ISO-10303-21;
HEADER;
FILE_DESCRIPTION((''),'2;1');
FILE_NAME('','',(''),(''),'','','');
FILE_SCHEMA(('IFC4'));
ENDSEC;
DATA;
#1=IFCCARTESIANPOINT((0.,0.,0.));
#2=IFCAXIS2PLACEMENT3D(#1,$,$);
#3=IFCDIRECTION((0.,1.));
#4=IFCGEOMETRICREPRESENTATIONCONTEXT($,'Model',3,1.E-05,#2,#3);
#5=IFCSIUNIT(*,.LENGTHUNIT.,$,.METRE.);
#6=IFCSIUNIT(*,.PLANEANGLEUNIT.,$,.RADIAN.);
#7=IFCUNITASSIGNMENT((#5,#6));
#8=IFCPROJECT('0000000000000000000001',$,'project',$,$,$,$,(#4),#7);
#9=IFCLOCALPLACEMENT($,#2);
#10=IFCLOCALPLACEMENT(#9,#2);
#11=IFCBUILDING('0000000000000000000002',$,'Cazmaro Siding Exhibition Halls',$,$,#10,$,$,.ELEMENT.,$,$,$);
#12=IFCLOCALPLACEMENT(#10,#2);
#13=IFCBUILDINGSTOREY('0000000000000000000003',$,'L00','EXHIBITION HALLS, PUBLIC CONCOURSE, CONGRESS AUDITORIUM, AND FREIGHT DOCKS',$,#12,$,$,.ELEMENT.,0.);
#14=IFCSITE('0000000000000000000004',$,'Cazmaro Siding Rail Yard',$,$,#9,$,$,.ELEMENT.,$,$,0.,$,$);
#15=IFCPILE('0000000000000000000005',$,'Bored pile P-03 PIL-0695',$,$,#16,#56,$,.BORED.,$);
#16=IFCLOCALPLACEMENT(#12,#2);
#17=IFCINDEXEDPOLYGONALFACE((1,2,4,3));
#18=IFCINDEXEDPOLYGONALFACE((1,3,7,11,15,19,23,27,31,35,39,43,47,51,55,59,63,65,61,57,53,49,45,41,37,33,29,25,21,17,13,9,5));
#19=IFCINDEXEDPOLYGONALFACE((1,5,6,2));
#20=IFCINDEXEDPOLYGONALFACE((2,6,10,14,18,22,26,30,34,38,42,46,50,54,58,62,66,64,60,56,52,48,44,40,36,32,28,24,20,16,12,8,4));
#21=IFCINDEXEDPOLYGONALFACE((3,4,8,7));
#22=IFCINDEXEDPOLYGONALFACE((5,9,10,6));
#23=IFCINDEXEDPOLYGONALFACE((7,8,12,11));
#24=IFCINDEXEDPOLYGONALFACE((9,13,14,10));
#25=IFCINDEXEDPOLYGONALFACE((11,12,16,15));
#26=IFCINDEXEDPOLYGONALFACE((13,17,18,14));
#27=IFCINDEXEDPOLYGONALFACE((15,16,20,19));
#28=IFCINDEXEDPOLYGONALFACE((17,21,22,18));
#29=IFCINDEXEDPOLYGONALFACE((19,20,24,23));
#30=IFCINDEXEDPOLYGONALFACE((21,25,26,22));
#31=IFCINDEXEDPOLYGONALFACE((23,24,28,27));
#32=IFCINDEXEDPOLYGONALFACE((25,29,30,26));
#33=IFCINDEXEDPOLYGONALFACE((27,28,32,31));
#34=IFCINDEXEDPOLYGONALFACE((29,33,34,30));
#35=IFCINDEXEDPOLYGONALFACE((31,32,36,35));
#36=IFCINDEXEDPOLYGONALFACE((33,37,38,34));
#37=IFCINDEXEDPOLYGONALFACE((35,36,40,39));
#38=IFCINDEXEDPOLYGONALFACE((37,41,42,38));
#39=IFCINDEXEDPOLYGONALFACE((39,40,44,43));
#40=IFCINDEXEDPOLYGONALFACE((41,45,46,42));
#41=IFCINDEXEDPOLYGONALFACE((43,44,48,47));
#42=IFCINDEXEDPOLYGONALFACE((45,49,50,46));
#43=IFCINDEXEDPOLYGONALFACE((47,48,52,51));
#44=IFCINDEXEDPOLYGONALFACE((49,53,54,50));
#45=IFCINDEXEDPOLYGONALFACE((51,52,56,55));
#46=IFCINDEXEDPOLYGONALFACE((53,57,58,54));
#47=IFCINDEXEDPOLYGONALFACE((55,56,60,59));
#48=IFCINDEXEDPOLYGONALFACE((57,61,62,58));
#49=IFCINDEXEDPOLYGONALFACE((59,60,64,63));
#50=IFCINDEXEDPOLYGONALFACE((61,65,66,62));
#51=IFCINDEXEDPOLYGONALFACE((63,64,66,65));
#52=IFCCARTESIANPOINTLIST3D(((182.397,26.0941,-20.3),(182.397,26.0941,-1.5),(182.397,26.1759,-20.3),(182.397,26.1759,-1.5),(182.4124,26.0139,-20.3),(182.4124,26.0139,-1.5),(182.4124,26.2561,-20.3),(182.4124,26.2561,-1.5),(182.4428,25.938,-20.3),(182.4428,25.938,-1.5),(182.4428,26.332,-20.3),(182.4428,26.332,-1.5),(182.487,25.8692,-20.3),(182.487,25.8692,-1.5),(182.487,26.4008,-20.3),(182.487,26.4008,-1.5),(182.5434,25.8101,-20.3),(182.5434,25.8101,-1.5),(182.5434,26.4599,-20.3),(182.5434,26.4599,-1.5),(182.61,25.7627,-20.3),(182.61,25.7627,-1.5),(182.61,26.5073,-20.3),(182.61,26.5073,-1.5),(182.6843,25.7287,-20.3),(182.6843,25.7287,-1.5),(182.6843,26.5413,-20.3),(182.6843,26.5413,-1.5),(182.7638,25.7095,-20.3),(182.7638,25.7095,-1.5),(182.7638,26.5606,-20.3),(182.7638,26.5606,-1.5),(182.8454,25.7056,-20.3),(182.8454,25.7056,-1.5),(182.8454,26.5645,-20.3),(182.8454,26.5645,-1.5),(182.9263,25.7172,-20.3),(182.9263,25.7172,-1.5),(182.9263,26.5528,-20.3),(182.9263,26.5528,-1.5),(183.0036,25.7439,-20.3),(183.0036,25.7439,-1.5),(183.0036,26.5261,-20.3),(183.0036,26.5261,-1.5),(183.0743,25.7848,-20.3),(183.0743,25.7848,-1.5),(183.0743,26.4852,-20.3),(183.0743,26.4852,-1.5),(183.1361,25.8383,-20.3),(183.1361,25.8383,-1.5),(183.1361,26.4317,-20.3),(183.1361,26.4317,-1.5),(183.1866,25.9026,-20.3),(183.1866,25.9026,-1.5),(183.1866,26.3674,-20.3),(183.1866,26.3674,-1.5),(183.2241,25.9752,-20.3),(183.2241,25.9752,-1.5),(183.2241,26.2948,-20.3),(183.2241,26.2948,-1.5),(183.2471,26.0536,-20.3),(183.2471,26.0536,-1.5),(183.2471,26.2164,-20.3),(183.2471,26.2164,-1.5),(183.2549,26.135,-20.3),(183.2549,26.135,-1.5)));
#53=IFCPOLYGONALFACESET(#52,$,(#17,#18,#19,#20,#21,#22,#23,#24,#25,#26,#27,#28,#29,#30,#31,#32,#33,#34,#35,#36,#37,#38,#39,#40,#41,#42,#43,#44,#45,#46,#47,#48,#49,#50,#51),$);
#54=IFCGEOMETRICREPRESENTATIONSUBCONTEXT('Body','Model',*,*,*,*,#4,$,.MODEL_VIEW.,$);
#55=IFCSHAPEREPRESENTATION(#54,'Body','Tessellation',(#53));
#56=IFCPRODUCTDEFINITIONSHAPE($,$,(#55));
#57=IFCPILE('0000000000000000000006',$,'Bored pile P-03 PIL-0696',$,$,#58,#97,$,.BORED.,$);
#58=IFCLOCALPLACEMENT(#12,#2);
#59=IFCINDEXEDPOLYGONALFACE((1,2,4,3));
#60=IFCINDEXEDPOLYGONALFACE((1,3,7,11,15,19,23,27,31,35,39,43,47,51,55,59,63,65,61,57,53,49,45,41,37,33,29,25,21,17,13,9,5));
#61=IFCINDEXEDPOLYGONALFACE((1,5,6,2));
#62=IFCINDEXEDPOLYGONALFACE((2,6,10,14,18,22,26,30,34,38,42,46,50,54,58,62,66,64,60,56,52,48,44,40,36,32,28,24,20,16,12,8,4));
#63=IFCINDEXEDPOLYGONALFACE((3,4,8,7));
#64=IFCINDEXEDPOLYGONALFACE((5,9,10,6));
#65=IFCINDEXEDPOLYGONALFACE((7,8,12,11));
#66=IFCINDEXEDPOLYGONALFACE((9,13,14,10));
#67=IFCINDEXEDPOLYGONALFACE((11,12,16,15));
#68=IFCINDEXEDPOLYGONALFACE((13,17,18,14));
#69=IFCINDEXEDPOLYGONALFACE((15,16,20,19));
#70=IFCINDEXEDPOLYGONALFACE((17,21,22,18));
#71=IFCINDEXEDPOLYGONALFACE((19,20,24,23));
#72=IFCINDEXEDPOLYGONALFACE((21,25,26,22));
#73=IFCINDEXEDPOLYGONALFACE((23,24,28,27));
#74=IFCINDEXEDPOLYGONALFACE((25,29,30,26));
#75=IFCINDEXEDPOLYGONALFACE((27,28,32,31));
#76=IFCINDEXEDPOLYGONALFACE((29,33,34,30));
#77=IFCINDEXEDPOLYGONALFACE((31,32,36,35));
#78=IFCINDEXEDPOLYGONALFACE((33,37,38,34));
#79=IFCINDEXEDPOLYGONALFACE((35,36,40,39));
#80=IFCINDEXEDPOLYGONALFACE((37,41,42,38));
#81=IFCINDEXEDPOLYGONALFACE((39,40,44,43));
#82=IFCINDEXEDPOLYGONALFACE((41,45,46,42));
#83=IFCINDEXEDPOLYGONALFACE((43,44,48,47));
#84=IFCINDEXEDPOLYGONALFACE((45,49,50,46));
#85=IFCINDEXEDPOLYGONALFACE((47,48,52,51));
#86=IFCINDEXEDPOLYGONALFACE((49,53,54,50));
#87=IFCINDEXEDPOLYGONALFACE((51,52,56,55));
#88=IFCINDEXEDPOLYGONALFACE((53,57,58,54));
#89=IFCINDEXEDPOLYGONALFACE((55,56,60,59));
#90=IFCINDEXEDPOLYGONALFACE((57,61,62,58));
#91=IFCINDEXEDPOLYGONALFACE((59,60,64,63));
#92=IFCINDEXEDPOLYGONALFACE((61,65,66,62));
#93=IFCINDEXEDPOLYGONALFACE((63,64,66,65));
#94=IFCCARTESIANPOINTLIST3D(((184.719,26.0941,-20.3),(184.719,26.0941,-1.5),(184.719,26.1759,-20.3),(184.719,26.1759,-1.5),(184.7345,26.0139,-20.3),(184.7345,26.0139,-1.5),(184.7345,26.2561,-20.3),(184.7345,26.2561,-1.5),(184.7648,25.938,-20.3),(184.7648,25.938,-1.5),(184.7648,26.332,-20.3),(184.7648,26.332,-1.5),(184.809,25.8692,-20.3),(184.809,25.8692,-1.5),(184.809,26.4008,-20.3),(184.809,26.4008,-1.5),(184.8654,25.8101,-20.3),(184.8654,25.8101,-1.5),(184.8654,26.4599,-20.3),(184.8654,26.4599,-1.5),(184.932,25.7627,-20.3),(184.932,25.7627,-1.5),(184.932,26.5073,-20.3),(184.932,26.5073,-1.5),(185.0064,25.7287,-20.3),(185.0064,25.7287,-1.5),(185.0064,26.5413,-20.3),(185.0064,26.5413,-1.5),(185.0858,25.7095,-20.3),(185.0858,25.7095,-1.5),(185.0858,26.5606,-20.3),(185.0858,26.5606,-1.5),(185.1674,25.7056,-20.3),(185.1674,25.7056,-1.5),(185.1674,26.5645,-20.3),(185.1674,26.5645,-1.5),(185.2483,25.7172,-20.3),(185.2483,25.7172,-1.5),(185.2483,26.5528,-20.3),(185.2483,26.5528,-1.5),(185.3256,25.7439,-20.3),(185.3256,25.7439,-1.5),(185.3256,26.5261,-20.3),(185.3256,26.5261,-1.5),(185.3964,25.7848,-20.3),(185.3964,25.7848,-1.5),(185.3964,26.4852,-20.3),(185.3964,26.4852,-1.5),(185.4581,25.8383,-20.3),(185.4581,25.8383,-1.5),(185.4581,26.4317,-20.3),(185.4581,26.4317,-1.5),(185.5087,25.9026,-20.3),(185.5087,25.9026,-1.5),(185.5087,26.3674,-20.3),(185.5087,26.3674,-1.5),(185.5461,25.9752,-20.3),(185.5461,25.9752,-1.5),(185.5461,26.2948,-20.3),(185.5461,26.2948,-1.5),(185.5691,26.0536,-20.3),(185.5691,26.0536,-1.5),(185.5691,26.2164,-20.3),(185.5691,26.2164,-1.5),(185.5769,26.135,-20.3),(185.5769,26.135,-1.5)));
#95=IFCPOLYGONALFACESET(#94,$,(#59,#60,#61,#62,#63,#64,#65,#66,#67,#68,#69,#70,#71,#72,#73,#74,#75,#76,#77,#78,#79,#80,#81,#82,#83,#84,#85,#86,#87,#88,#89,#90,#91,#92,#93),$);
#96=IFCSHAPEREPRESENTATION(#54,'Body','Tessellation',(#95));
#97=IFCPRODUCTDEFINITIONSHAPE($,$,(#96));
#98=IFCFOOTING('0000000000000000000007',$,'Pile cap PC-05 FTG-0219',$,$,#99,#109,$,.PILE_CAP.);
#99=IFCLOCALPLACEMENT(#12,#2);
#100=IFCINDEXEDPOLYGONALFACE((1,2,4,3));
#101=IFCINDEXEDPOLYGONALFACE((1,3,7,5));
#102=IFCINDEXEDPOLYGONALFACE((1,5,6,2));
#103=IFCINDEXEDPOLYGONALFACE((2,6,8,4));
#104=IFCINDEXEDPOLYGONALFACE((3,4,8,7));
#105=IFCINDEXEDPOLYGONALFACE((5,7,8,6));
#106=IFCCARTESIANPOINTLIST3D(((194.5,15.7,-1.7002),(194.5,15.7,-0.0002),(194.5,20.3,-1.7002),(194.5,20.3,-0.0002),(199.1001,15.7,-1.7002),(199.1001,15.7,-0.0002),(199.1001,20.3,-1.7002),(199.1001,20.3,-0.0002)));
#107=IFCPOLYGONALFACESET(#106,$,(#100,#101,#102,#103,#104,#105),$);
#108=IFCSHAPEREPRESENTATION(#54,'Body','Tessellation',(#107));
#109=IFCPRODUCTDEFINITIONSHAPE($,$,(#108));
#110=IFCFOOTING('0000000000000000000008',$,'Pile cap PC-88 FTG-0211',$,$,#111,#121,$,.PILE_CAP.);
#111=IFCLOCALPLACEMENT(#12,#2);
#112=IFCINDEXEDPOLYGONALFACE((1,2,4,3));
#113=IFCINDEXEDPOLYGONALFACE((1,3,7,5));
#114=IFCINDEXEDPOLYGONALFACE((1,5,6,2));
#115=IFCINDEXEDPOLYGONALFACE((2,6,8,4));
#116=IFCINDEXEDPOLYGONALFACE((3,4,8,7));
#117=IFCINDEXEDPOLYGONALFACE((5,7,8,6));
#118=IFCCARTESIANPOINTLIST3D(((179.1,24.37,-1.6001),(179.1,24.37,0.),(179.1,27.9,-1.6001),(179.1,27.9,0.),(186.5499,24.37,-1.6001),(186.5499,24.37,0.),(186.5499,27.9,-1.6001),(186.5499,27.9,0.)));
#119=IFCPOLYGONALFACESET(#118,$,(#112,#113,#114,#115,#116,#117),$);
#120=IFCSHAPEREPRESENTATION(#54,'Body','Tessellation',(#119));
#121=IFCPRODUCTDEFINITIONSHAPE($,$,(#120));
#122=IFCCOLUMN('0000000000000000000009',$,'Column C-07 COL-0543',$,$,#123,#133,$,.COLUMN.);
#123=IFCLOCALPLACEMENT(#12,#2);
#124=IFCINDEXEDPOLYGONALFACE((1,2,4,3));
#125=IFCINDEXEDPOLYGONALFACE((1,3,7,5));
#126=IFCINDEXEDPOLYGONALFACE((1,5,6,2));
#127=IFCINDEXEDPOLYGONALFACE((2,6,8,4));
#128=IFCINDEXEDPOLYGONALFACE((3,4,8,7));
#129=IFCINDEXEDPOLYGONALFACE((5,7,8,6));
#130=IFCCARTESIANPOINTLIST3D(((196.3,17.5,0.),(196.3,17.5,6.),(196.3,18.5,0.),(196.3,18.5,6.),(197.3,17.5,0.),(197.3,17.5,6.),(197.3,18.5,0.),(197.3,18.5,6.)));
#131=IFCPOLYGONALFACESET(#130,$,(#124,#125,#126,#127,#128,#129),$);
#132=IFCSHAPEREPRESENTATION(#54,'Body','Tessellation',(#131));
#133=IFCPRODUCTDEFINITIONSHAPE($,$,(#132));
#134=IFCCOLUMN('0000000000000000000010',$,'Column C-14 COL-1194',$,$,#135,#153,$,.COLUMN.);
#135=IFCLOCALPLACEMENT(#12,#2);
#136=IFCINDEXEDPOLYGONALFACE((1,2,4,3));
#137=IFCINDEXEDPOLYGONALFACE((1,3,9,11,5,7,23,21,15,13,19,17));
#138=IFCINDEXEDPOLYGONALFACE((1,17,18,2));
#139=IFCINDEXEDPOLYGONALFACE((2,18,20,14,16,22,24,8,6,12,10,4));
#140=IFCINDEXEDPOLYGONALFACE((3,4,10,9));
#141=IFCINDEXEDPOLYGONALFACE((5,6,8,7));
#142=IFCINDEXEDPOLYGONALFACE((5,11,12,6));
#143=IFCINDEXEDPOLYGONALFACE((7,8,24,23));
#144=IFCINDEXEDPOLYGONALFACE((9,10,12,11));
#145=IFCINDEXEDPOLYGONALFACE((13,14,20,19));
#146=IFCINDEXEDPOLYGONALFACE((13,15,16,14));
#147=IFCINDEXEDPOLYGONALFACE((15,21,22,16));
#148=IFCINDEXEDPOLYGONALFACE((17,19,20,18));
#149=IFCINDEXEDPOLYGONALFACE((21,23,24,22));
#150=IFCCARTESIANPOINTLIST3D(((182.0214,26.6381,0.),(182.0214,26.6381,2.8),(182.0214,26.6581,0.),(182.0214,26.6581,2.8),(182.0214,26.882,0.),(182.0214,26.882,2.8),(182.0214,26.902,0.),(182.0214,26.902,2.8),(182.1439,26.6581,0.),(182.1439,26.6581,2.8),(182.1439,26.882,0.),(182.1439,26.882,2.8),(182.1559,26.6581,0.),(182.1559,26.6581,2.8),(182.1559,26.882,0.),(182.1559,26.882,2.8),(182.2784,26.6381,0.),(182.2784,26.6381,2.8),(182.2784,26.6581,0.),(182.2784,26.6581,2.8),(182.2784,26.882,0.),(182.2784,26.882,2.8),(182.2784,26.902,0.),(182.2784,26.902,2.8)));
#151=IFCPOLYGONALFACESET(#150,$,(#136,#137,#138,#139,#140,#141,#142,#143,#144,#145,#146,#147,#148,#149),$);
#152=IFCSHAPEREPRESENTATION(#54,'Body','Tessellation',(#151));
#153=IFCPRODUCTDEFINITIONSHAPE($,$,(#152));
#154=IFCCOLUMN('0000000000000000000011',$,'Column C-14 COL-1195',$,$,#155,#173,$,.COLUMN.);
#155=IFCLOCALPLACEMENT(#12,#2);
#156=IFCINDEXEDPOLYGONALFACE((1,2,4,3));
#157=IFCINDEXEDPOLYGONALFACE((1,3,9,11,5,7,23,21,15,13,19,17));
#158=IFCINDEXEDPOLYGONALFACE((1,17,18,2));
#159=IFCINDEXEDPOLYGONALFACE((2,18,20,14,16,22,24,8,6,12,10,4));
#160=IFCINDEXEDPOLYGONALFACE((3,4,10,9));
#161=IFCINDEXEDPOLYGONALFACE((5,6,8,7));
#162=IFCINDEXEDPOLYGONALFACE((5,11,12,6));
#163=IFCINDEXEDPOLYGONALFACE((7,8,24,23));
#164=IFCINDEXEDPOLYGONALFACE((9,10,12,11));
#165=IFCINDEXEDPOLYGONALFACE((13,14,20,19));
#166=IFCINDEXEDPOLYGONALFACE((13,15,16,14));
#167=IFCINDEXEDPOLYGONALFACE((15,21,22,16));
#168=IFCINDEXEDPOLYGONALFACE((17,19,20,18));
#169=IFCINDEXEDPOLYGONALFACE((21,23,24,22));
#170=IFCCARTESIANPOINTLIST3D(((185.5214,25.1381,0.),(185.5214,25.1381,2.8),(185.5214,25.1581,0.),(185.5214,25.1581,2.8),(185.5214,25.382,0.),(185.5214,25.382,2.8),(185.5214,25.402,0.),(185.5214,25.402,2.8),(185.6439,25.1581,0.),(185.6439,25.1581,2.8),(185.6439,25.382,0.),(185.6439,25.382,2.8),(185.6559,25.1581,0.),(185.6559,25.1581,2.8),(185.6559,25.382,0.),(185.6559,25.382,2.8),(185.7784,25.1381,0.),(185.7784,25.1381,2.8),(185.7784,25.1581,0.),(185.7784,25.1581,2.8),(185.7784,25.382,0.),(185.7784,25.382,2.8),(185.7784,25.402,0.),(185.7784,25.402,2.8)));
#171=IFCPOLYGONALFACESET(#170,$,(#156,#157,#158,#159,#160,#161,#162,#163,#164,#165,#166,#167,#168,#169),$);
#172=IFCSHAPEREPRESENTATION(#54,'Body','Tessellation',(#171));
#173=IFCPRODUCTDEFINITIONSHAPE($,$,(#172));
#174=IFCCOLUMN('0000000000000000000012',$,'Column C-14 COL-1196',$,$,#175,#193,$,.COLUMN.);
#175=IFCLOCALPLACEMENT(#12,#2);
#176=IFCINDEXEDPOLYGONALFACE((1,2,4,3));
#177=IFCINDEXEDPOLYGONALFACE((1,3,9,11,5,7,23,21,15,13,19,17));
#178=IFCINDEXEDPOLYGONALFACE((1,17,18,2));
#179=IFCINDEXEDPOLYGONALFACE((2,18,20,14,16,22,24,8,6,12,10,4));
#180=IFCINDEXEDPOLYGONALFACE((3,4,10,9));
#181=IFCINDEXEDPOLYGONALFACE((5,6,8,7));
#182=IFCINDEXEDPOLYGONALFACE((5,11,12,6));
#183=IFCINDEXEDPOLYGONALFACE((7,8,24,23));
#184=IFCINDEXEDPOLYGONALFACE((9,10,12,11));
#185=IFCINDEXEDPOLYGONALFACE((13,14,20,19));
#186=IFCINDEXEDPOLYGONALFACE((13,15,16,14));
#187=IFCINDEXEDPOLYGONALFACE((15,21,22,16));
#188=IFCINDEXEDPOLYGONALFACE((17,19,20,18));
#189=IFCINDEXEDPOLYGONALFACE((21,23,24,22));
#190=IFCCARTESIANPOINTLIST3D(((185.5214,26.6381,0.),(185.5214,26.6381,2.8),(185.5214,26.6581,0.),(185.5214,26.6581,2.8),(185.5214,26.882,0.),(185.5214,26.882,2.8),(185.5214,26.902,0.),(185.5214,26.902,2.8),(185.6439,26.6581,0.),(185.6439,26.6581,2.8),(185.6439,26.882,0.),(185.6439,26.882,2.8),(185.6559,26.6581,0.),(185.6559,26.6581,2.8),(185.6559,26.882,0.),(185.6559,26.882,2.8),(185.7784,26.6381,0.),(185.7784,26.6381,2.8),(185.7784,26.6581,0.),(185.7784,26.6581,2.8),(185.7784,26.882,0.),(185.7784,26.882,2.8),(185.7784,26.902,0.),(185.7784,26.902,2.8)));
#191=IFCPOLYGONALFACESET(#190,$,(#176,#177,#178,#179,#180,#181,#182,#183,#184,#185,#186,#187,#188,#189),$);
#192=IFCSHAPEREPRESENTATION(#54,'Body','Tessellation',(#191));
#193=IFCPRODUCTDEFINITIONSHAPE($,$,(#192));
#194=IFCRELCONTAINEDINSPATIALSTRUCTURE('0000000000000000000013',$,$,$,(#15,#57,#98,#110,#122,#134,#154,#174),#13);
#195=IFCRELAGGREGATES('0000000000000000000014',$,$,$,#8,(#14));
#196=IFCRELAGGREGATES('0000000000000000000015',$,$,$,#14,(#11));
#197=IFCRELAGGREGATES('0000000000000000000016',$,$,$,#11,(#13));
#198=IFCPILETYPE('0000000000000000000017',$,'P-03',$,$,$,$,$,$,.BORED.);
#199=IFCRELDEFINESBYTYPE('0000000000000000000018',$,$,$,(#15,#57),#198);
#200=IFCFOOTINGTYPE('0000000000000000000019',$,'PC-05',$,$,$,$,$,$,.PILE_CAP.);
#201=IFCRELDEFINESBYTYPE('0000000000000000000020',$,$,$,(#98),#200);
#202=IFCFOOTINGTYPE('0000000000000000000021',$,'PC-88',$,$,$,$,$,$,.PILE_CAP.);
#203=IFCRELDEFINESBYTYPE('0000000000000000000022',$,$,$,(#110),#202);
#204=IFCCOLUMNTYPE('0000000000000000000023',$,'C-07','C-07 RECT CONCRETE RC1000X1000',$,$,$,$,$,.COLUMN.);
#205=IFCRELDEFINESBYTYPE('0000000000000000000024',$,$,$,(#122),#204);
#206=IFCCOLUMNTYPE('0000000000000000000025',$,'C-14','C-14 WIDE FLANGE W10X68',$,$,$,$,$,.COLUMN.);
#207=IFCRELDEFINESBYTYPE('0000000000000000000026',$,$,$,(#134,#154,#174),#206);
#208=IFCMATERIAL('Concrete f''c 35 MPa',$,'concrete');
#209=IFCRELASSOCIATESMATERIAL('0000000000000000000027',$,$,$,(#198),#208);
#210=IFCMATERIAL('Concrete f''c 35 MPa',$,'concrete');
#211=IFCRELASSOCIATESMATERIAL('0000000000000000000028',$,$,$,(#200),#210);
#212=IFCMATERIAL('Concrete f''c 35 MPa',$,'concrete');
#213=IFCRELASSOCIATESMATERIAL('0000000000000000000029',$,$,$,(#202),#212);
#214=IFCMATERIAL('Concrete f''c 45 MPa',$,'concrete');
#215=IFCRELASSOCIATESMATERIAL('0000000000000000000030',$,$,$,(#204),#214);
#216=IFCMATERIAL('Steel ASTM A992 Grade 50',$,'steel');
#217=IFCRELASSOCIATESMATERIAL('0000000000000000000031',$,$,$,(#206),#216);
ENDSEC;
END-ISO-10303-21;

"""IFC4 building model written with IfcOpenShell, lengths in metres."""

from ifc_helpers import new_model, si_unit, direction, frame, origin, origin_2d, place, context, subcontext, project, spatial, rectangle, circle, i_section, extrude, material, material_profile, profile_set, type_object, element, save


model = new_model("IFC4")

# Units and contexts
model_context = context("Model", 3, precision=1e-05, world=origin(), true_north=direction((0.0, 1.0)))
body_context = subcontext(model_context, "Body", "Model", "MODEL_VIEW")
ifc_project = project(units=[si_unit("LENGTHUNIT", "METRE"), si_unit("PLANEANGLEUNIT", "RADIAN")], contexts=[model_context])

# Site, building, storey
site_placement = place(None, origin())
site = spatial("IfcSite", under=ifc_project, at=site_placement, Name="Cazmaro Siding Rail Yard", CompositionType="ELEMENT", RefElevation=0.0)
building_placement = place(site_placement, origin())
building = spatial("IfcBuilding", under=site, at=building_placement, Name="Cazmaro Siding Exhibition Halls", CompositionType="ELEMENT")
storey_placement = place(building_placement, origin())
storey = spatial("IfcBuildingStorey", under=building, at=storey_placement, Name="L00", Description="EXHIBITION HALLS, PUBLIC CONCOURSE, CONGRESS AUDITORIUM, AND FREIGHT DOCKS", CompositionType="ELEMENT", Elevation=0.0)

# Piles
ifc_material_1 = material(Name="Concrete f'c 35 MPa", Category="concrete")
ifc_material_profile_1 = material_profile(ifc_material_1, circle(Radius=0.4299, at=origin_2d()), Name="CIDH-860")
ifc_profile_set_1 = profile_set([ifc_material_profile_1], Name="Concrete f'c 35 MPa")
pile_type = type_object("IfcPileType", Name="P-03", PredefinedType="BORED", material=ifc_profile_set_1)
for number, where, z_axis, x_axis, name in (
    (1, (182.825, 26.135, -1.5), (0.0, 0.0, -1.0), (1.0, 0.0, 0.0), "Bored pile P-03 PIL-0695"),
    (2, (185.147, 26.135, -1.5), (0.0, 0.0, -1.0), (1.0, 0.0, 0.0), "Bored pile P-03 PIL-0696"),
):
    element("IfcPile", number, at=place(storey_placement, frame(where, z_axis=z_axis, x_axis=x_axis)), inside=storey, type_object=pile_type, Name=name, PredefinedType="BORED", context=body_context, shape_type="SweptSolid", body=[
        extrude(circle(Radius=0.4299, at=origin_2d()), origin(), (0.0, 0.0, 1.0), 18.8),
    ])

# Footings
ifc_material_2 = material(Name="Concrete f'c 35 MPa", Category="concrete")
footing_type_1 = type_object("IfcFootingType", Name="PC-05", PredefinedType="PILE_CAP", material=ifc_material_2)
footing_1_placement = place(storey_placement, frame((196.8, 18.0, -1.7002), z_axis=(0.0, 0.0, 1.0), x_axis=(1.0, 0.0, 0.0)))
element("IfcFooting", 3, at=footing_1_placement, inside=storey, type_object=footing_type_1, Name="Pile cap PC-05 FTG-0219", PredefinedType="PILE_CAP", context=body_context, shape_type="SweptSolid", body=[
    extrude(rectangle(XDim=4.6001, YDim=4.6001, at=origin_2d()), origin(), (0.0, 0.0, 1.0), 1.7),
])
ifc_material_3 = material(Name="Concrete f'c 35 MPa", Category="concrete")
footing_type_2 = type_object("IfcFootingType", Name="PC-88", PredefinedType="PILE_CAP", material=ifc_material_3)
footing_2_placement = place(storey_placement, frame((182.825, 26.135, -1.6001), z_axis=(0.0, 0.0, 1.0), x_axis=(1.0, 0.0, 0.0)))
element("IfcFooting", 4, at=footing_2_placement, inside=storey, type_object=footing_type_2, Name="Pile cap PC-88 FTG-0211", PredefinedType="PILE_CAP", context=body_context, shape_type="SweptSolid", body=[
    extrude(rectangle(XDim=7.45, YDim=3.53, at=origin_2d()), origin(), (0.0, 0.0, 1.0), 1.6001),
])

# Columns
ifc_material_4 = material(Name="Concrete f'c 45 MPa", Category="concrete")
ifc_material_profile_2 = material_profile(ifc_material_4, rectangle(XDim=1.0, YDim=1.0, at=origin_2d()), Name="RC1000X1000")
ifc_profile_set_2 = profile_set([ifc_material_profile_2], Name="Concrete f'c 45 MPa")
column_type_1 = type_object("IfcColumnType", Name="C-07", Description="C-07 RECT CONCRETE RC1000X1000", PredefinedType="COLUMN", material=ifc_profile_set_2)
column_placement = place(storey_placement, frame((196.8, 18.0, 0.0), z_axis=(0.0, 0.0, 1.0), x_axis=(1.0, 0.0, 0.0)))
element("IfcColumn", 5, at=column_placement, inside=storey, type_object=column_type_1, Name="Column C-07 COL-0543", PredefinedType="COLUMN", context=body_context, shape_type="SweptSolid", body=[
    extrude(rectangle(XDim=1.0, YDim=1.0, at=origin_2d()), origin(), (0.0, 0.0, 1.0), 6.0),
])
ifc_material_5 = material(Name="Steel ASTM A992 Grade 50", Category="steel")
ifc_material_profile_3 = material_profile(ifc_material_5, i_section(OverallWidth=0.2571, OverallDepth=0.2639, WebThickness=0.012, FlangeThickness=0.02, at=origin_2d()), Name="W10X68")
ifc_profile_set_3 = profile_set([ifc_material_profile_3], Name="Steel ASTM A992 Grade 50")
column_type_2 = type_object("IfcColumnType", Name="C-14", Description="C-14 WIDE FLANGE W10X68", PredefinedType="COLUMN", material=ifc_profile_set_3)
for number, where, z_axis, x_axis, name in (
    (6, (182.1499, 26.77, 0.0), (0.0, 0.0, 1.0), (1.0, 0.0, 0.0), "Column C-14 COL-1194"),
    (7, (185.6499, 25.27, 0.0), (0.0, 0.0, 1.0), (1.0, 0.0, 0.0), "Column C-14 COL-1195"),
    (8, (185.6499, 26.77, 0.0), (0.0, 0.0, 1.0), (1.0, 0.0, 0.0), "Column C-14 COL-1196"),
):
    element("IfcColumn", number, at=place(storey_placement, frame(where, z_axis=z_axis, x_axis=x_axis)), inside=storey, type_object=column_type_2, Name=name, PredefinedType="COLUMN", context=body_context, shape_type="SweptSolid", body=[
        extrude(i_section(OverallWidth=0.2571, OverallDepth=0.2639, WebThickness=0.012, FlangeThickness=0.02, at=origin_2d()), origin(), (0.0, 0.0, 1.0), 2.8),
    ])

save(model, "model.ifc")
